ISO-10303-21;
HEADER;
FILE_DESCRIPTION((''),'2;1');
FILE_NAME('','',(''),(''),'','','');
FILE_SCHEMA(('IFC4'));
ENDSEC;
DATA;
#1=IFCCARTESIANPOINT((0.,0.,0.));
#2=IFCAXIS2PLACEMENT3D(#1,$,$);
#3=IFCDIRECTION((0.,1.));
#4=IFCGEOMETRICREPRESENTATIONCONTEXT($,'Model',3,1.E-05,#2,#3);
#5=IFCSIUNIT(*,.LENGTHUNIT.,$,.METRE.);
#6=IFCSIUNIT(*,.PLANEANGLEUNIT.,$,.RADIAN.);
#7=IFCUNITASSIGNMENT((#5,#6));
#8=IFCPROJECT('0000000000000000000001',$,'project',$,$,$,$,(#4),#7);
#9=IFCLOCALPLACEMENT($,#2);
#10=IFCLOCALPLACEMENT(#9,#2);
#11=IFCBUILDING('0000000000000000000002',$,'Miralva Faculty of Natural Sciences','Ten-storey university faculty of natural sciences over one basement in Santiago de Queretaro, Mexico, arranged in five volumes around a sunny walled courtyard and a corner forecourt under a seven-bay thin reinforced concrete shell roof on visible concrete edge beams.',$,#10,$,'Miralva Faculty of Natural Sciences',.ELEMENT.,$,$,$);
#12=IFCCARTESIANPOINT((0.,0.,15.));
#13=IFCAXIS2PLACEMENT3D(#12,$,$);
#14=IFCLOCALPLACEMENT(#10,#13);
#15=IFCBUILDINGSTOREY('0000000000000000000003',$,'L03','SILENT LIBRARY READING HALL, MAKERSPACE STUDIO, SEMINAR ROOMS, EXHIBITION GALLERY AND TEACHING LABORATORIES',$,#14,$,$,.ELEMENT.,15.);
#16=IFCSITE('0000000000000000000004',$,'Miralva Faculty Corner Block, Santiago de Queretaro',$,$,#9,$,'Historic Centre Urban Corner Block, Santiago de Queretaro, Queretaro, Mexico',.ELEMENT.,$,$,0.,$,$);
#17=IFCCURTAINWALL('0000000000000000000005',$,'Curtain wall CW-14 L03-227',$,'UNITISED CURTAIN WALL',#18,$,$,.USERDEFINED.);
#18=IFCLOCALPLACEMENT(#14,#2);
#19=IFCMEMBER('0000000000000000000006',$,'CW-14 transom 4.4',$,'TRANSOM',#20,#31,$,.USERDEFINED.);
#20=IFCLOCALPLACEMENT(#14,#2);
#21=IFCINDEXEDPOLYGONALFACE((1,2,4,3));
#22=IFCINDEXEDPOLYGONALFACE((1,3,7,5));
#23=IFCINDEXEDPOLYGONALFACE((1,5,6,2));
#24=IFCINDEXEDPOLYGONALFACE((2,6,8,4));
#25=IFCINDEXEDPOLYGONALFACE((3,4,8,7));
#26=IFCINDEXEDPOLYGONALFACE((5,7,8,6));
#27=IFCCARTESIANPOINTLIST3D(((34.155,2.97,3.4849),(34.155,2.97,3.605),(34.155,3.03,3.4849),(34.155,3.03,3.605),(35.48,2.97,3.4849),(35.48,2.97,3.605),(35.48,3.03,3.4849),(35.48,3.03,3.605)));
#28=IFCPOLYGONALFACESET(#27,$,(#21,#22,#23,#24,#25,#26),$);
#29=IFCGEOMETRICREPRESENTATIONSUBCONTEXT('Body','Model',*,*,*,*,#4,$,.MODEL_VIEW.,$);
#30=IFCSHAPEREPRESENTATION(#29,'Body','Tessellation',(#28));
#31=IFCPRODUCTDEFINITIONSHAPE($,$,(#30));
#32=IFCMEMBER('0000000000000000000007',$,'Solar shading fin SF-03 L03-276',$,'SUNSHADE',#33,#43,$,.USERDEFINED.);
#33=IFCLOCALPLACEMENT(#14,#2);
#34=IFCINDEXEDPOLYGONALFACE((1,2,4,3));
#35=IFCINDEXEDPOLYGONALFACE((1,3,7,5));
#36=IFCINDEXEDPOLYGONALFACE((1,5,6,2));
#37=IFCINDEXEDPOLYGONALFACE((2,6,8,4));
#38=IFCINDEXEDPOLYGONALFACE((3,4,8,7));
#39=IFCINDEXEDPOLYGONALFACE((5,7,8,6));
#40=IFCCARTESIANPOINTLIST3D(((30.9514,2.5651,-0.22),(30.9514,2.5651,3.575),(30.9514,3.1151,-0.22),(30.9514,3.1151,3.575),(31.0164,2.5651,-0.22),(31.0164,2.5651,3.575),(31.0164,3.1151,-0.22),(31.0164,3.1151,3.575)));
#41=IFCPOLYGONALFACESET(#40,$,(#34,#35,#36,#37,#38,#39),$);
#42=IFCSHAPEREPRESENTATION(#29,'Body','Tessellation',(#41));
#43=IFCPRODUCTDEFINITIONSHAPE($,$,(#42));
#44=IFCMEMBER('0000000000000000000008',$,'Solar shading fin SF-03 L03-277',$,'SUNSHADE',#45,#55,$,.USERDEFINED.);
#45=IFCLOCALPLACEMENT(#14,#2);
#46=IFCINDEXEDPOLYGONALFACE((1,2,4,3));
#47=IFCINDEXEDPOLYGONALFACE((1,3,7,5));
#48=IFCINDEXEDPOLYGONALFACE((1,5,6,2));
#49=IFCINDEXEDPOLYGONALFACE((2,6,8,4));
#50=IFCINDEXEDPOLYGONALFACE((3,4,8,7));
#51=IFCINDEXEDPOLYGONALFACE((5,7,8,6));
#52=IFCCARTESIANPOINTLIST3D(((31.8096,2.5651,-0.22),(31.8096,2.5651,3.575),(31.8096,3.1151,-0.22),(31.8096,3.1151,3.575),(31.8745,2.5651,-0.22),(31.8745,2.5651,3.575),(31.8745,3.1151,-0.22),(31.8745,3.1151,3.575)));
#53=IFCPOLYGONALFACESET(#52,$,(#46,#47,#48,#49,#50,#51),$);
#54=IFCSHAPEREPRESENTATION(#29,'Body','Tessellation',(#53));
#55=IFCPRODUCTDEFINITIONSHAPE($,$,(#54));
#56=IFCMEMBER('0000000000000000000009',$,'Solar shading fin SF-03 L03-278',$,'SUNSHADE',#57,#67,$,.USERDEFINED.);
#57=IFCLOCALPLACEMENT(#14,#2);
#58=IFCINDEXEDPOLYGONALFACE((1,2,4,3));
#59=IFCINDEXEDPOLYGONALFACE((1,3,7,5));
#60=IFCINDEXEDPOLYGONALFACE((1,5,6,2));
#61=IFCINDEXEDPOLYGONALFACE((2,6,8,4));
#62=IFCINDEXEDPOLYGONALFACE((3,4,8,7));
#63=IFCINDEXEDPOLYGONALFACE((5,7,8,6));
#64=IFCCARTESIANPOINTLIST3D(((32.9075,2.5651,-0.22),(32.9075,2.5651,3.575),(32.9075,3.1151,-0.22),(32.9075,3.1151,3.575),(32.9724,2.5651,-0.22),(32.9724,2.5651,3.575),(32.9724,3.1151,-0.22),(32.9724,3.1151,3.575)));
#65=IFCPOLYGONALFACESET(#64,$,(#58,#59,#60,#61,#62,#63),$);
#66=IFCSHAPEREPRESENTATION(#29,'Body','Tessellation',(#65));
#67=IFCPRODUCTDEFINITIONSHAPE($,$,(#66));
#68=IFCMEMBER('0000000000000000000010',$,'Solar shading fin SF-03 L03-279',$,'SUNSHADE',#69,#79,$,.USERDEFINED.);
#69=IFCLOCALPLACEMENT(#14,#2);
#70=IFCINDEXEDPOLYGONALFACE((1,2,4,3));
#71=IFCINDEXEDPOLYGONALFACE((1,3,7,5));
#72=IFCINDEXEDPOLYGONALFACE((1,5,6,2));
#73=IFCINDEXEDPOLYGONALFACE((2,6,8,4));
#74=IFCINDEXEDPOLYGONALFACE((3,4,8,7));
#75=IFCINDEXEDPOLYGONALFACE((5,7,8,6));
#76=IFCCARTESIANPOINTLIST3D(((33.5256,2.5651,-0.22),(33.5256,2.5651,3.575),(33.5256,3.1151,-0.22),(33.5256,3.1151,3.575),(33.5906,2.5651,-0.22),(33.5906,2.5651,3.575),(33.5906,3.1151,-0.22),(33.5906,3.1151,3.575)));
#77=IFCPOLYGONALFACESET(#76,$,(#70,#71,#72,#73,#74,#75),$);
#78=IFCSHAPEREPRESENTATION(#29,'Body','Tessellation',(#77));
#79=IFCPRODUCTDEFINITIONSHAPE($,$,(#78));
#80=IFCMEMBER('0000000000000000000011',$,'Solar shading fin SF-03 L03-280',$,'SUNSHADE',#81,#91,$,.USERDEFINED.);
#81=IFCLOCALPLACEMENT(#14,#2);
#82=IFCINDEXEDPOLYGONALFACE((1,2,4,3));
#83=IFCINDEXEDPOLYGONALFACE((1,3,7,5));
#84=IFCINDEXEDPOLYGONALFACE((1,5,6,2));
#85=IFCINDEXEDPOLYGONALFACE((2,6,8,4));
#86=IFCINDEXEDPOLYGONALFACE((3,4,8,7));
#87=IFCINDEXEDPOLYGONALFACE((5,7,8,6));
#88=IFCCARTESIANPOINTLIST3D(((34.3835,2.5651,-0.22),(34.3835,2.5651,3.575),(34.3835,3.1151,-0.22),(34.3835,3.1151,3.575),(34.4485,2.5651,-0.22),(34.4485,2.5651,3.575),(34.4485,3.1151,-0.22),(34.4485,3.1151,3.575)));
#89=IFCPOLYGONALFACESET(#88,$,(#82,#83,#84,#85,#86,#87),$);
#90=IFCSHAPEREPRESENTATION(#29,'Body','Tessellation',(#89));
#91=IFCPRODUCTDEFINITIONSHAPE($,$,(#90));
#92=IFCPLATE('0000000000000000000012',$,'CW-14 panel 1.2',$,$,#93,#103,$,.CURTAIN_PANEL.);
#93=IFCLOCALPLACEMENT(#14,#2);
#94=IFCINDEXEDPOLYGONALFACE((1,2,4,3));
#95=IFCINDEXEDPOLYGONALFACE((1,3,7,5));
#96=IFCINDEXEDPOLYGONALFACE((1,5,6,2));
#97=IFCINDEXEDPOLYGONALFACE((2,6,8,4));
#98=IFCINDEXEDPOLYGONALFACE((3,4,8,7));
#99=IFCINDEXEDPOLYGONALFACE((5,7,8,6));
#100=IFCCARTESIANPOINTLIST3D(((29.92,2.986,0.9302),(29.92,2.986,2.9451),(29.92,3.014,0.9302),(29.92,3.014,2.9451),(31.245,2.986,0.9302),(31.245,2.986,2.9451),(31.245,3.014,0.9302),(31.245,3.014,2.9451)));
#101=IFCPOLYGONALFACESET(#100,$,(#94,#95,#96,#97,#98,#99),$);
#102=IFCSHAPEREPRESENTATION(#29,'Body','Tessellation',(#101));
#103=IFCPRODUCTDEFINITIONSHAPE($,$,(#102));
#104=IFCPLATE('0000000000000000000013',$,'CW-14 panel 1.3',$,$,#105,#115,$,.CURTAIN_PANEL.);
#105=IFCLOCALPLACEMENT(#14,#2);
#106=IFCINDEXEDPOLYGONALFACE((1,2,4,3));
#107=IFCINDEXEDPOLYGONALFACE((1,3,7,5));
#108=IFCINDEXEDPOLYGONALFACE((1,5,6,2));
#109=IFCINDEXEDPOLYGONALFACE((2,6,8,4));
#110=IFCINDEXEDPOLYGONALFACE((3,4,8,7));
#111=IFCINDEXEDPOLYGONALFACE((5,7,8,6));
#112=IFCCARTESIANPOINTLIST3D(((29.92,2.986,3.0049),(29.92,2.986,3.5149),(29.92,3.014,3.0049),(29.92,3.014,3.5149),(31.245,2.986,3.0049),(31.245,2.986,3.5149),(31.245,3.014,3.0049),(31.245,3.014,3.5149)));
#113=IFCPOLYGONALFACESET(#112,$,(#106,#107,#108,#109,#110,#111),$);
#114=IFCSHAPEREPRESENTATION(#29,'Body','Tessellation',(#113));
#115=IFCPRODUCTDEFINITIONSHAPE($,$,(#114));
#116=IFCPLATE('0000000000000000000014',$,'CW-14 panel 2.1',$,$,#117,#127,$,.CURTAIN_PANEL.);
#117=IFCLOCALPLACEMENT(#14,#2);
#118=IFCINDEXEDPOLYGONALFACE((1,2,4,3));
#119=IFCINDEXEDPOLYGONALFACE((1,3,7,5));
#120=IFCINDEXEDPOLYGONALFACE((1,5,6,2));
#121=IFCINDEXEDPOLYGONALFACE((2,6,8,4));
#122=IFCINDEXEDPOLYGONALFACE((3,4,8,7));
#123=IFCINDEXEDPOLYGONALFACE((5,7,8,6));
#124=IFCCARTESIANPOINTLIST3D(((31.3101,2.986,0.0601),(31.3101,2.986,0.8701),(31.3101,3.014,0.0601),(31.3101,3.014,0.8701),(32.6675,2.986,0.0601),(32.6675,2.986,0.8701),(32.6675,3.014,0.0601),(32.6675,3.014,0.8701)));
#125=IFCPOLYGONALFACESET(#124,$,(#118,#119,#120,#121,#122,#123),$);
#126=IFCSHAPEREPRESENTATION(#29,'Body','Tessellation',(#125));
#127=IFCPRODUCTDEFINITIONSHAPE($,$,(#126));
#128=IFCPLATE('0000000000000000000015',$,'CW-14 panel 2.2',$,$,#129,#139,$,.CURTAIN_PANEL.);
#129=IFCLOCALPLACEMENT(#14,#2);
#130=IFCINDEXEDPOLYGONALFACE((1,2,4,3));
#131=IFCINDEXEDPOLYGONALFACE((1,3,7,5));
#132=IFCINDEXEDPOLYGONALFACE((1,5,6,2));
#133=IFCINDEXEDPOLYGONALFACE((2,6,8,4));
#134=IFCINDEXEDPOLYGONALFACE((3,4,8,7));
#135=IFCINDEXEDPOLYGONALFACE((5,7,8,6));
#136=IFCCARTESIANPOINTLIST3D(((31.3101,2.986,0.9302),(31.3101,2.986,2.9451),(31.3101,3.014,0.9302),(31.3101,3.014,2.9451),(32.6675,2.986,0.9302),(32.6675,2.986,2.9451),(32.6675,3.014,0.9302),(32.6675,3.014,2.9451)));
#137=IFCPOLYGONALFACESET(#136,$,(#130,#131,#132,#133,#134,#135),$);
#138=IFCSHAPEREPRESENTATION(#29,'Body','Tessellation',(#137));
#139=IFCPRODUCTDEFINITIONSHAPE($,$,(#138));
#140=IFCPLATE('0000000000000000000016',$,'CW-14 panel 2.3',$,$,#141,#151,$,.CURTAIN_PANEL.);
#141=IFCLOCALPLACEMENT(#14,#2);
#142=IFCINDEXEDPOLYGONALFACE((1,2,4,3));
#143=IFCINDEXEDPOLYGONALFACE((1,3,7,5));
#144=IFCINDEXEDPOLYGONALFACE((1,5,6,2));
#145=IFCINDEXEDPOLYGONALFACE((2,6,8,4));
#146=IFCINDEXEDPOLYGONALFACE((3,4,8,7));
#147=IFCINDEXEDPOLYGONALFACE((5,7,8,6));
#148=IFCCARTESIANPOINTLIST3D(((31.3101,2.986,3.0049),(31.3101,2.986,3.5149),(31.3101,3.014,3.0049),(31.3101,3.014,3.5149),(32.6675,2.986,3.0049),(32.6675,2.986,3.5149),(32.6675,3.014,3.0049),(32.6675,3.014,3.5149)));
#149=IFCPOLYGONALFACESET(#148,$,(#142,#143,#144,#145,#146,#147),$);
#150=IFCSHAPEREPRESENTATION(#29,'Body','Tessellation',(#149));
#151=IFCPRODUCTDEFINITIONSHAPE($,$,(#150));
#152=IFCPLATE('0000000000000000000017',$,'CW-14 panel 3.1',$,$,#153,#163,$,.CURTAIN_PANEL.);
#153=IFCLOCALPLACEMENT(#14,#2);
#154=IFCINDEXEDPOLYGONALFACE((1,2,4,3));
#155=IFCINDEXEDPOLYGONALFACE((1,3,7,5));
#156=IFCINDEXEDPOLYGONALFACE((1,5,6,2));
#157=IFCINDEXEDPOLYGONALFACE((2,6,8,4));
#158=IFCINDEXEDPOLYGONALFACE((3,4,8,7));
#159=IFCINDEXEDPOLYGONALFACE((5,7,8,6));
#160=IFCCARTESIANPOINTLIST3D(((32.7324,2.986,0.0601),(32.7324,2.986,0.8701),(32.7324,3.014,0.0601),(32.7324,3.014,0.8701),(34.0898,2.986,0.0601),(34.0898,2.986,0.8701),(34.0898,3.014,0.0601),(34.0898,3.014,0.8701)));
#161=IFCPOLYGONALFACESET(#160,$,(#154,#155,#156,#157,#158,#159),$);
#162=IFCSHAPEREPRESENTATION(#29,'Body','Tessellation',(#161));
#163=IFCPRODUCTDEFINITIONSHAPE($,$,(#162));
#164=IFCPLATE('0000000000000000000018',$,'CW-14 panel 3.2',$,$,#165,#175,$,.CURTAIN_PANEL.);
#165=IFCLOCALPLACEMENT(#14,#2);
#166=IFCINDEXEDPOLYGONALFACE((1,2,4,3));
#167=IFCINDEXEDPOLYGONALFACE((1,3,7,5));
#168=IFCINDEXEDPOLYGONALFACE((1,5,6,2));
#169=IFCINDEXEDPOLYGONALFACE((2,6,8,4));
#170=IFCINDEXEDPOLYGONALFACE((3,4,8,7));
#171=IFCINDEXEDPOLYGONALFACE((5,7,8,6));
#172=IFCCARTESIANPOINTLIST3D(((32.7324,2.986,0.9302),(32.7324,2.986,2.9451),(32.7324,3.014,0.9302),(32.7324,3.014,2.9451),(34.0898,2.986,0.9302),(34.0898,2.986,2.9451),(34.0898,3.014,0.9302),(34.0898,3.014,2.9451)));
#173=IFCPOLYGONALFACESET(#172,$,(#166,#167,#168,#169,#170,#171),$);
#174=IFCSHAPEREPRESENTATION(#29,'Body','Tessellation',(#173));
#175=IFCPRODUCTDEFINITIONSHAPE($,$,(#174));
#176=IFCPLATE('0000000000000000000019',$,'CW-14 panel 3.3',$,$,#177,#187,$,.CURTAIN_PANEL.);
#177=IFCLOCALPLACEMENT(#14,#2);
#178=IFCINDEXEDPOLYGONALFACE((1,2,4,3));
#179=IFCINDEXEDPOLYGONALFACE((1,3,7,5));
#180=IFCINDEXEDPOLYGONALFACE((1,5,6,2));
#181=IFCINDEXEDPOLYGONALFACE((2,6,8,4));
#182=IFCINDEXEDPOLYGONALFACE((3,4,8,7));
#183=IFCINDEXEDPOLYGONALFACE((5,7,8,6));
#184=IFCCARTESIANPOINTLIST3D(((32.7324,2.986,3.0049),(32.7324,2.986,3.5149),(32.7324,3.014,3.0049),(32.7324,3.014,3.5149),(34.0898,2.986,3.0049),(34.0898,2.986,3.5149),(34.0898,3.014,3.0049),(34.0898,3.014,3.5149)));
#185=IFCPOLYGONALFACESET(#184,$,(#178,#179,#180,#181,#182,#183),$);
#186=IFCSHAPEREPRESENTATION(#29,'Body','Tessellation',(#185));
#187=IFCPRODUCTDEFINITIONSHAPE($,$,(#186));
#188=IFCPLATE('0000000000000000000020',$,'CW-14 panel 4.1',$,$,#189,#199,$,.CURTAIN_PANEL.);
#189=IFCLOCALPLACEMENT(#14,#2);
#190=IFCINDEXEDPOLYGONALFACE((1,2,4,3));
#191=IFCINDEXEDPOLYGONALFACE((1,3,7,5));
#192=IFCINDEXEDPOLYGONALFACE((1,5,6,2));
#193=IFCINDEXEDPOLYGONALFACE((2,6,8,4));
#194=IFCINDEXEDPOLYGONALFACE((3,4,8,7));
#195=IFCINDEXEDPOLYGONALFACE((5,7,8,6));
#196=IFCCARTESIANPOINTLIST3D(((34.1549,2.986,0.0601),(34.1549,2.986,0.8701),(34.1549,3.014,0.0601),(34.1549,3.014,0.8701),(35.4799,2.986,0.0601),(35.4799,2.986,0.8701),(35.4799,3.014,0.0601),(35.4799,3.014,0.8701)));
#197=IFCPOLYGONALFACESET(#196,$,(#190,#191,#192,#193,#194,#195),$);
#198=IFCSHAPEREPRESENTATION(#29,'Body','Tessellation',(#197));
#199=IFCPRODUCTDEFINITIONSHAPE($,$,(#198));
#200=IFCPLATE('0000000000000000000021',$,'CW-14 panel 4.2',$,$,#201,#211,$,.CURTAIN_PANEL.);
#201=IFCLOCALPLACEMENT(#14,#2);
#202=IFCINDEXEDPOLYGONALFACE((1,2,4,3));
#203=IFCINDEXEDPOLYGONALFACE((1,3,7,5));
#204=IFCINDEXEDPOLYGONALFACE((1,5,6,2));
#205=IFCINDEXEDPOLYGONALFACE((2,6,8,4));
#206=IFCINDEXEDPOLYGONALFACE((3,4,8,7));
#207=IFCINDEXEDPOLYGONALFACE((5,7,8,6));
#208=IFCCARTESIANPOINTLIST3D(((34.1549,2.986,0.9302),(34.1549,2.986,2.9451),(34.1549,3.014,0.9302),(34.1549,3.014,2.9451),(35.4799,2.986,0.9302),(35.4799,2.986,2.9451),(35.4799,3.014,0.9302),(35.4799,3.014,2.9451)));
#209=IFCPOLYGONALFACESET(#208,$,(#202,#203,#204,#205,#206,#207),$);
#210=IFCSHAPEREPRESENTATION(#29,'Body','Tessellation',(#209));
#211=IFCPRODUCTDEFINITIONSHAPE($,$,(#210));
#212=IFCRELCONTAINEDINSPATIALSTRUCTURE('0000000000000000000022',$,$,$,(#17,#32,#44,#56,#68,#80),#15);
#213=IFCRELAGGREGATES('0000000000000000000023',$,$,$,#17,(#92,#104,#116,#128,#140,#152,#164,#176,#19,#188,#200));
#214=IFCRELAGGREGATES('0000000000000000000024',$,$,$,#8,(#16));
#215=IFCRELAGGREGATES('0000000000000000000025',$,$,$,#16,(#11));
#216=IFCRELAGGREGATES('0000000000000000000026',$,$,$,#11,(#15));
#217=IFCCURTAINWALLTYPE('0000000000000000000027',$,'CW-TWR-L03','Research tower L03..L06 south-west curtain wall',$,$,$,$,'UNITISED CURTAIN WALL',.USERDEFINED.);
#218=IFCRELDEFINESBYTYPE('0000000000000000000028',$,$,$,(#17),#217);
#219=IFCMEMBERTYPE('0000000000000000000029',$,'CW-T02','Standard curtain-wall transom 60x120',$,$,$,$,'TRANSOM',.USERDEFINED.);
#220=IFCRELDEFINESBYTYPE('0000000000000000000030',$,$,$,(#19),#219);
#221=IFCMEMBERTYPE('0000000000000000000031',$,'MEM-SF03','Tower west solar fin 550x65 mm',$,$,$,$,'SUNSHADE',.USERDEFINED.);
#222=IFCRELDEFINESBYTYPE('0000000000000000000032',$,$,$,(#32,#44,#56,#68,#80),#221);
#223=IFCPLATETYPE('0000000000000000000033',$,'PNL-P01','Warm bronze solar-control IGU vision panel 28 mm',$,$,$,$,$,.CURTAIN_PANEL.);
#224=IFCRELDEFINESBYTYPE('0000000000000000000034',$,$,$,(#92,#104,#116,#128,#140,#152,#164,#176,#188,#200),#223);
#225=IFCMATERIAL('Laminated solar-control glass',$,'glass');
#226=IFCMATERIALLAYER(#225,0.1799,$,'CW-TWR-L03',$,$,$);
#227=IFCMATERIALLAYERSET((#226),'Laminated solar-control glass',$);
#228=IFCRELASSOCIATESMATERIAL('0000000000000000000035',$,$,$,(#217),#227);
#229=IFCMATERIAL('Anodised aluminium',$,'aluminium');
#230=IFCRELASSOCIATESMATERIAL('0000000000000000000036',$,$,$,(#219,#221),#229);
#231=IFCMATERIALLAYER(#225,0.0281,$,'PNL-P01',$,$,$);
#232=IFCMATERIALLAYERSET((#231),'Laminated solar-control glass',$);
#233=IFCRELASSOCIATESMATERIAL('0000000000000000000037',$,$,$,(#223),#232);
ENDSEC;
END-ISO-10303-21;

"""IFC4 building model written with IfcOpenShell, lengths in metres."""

from ifc_helpers import new_model, si_unit, direction, frame, origin, origin_2d, place, context, subcontext, project, spatial, rectangle, extrude, material, layer, layer_set, material_profile, profile_set, type_object, element, aggregate, save


model = new_model("IFC4")

# Units and contexts
model_context = context("Model", 3, precision=1e-05, world=origin(), true_north=direction((0.0, 1.0)))
body_context = subcontext(model_context, "Body", "Model", "MODEL_VIEW")
ifc_project = project(units=[si_unit("LENGTHUNIT", "METRE"), si_unit("PLANEANGLEUNIT", "RADIAN")], contexts=[model_context])

# Site, building, storey
site_placement = place(None, origin())
site = spatial("IfcSite", under=ifc_project, at=site_placement, Name="Miralva Faculty Corner Block, Santiago de Queretaro", LongName="Historic Centre Urban Corner Block, Santiago de Queretaro, Queretaro, Mexico", CompositionType="ELEMENT", RefElevation=0.0)
building_placement = place(site_placement, origin())
building = spatial("IfcBuilding", under=site, at=building_placement, Name="Miralva Faculty of Natural Sciences", Description="Ten-storey university faculty of natural sciences over one basement in Santiago de Queretaro, Mexico, arranged in five volumes around a sunny walled courtyard and a corner forecourt under a seven-bay thin reinforced concrete shell roof on visible concrete edge beams.", LongName="Miralva Faculty of Natural Sciences", CompositionType="ELEMENT")
storey_placement = place(building_placement, frame((0.0, 0.0, 15.0)))
storey = spatial("IfcBuildingStorey", under=building, at=storey_placement, Name="L03", Description="SILENT LIBRARY READING HALL, MAKERSPACE STUDIO, SEMINAR ROOMS, EXHIBITION GALLERY AND TEACHING LABORATORIES", CompositionType="ELEMENT", Elevation=15.0)

# Curtain wall, member
ifc_material_1 = material(Name="Laminated solar-control glass", Category="glass")
ifc_layer_1 = layer(ifc_material_1, 0.1799, Name="CW-TWR-L03")
ifc_layer_set_1 = layer_set([ifc_layer_1], Name="Laminated solar-control glass")
curtain_wall_type = type_object("IfcCurtainWallType", Name="CW-TWR-L03", Description="Research tower L03..L06 south-west curtain wall", ElementType="UNITISED CURTAIN WALL", PredefinedType="USERDEFINED", material=ifc_layer_set_1)
curtain_wall_placement = place(storey_placement, origin())
curtain_wall = element("IfcCurtainWall", 1, at=curtain_wall_placement, inside=storey, type_object=curtain_wall_type, Name="Curtain wall CW-14 L03-227", ObjectType="UNITISED CURTAIN WALL", PredefinedType="USERDEFINED")
ifc_material_2 = material(Name="Anodised aluminium", Category="aluminium")
ifc_material_profile_1 = material_profile(ifc_material_2, rectangle(XDim=0.0601, YDim=0.1201, at=origin_2d()), Name="TRANSOM 60x120")
ifc_profile_set_1 = profile_set([ifc_material_profile_1], Name="Anodised aluminium")
member_type_1 = type_object("IfcMemberType", Name="CW-T02", Description="Standard curtain-wall transom 60x120", ElementType="TRANSOM", PredefinedType="USERDEFINED", material=ifc_profile_set_1)
member_1_placement = place(storey_placement, frame((34.155, 3.0, 3.5449), z_axis=(1.0, 0.0, 0.0), x_axis=(0.0, 1.0, 0.0)))
member_1 = element("IfcMember", 2, at=member_1_placement, type_object=member_type_1, Name="CW-14 transom 4.4", ObjectType="TRANSOM", PredefinedType="USERDEFINED", context=body_context, shape_type="SweptSolid", body=[
    extrude(rectangle(XDim=0.0601, YDim=0.1201, at=origin_2d()), origin(), (0.0, 0.0, 1.0), 1.325),
])

# Members
ifc_material_profile_2 = material_profile(ifc_material_2, rectangle(XDim=0.0649, YDim=0.55, at=origin_2d()), Name="FIN 550x65")
ifc_profile_set_2 = profile_set([ifc_material_profile_2], Name="Anodised aluminium")
member_type_2 = type_object("IfcMemberType", Name="MEM-SF03", Description="Tower west solar fin 550x65 mm", ElementType="SUNSHADE", PredefinedType="USERDEFINED", material=ifc_profile_set_2)
for number, where, z_axis, x_axis, name in (
    (3, (30.9839, 2.8401, -0.22), (0.0, 0.0, 1.0), (1.0, 0.0, 0.0), "Solar shading fin SF-03 L03-276"),
    (4, (31.842, 2.8401, -0.22), (0.0, 0.0, 1.0), (1.0, 0.0, 0.0), "Solar shading fin SF-03 L03-277"),
    (5, (32.9399, 2.8401, -0.22), (0.0, 0.0, 1.0), (1.0, 0.0, 0.0), "Solar shading fin SF-03 L03-278"),
    (6, (33.5581, 2.8401, -0.22), (0.0, 0.0, 1.0), (1.0, 0.0, 0.0), "Solar shading fin SF-03 L03-279"),
    (7, (34.416, 2.8401, -0.22), (0.0, 0.0, 1.0), (1.0, 0.0, 0.0), "Solar shading fin SF-03 L03-280"),
):
    element("IfcMember", number, at=place(storey_placement, frame(where, z_axis=z_axis, x_axis=x_axis)), inside=storey, type_object=member_type_2, Name=name, ObjectType="SUNSHADE", PredefinedType="USERDEFINED", context=body_context, shape_type="SweptSolid", body=[
        extrude(rectangle(XDim=0.0649, YDim=0.55, at=origin_2d()), origin(), (0.0, 0.0, 1.0), 3.7949),
    ])

# Plates
ifc_layer_2 = layer(ifc_material_1, 0.0281, Name="PNL-P01")
ifc_layer_set_2 = layer_set([ifc_layer_2], Name="Laminated solar-control glass")
plate_type = type_object("IfcPlateType", Name="PNL-P01", Description="Warm bronze solar-control IGU vision panel 28 mm", PredefinedType="CURTAIN_PANEL", material=ifc_layer_set_2)
plate_1_placement = place(storey_placement, frame((30.5825, 3.0, 0.9302), z_axis=(0.0, 0.0, 1.0), x_axis=(1.0, 0.0, 0.0)))
plate_1 = element("IfcPlate", 8, at=plate_1_placement, type_object=plate_type, Name="CW-14 panel 1.2", PredefinedType="CURTAIN_PANEL", context=body_context, shape_type="SweptSolid", body=[
    extrude(rectangle(XDim=1.325, YDim=0.0281, at=origin_2d()), origin(), (0.0, 0.0, 1.0), 2.0149),
])
plate_2_placement = place(storey_placement, frame((30.5825, 3.0, 3.0049), z_axis=(0.0, 0.0, 1.0), x_axis=(1.0, 0.0, 0.0)))
plate_2 = element("IfcPlate", 9, at=plate_2_placement, type_object=plate_type, Name="CW-14 panel 1.3", PredefinedType="CURTAIN_PANEL", context=body_context, shape_type="SweptSolid", body=[
    extrude(rectangle(XDim=1.325, YDim=0.0281, at=origin_2d()), origin(), (0.0, 0.0, 1.0), 0.51),
])
plate_3_placement = place(storey_placement, frame((31.9888, 3.0, 0.0601), z_axis=(0.0, 0.0, 1.0), x_axis=(1.0, 0.0, 0.0)))
plate_3 = element("IfcPlate", 10, at=plate_3_placement, type_object=plate_type, Name="CW-14 panel 2.1", PredefinedType="CURTAIN_PANEL", context=body_context, shape_type="SweptSolid", body=[
    extrude(rectangle(XDim=1.3574, YDim=0.0281, at=origin_2d()), origin(), (0.0, 0.0, 1.0), 0.8101),
])
plate_4_placement = place(storey_placement, frame((31.9888, 3.0, 0.9302), z_axis=(0.0, 0.0, 1.0), x_axis=(1.0, 0.0, 0.0)))
plate_4 = element("IfcPlate", 11, at=plate_4_placement, type_object=plate_type, Name="CW-14 panel 2.2", PredefinedType="CURTAIN_PANEL", context=body_context, shape_type="SweptSolid", body=[
    extrude(rectangle(XDim=1.3574, YDim=0.0281, at=origin_2d()), origin(), (0.0, 0.0, 1.0), 2.0149),
])
plate_5_placement = place(storey_placement, frame((31.9888, 3.0, 3.0049), z_axis=(0.0, 0.0, 1.0), x_axis=(1.0, 0.0, 0.0)))
plate_5 = element("IfcPlate", 12, at=plate_5_placement, type_object=plate_type, Name="CW-14 panel 2.3", PredefinedType="CURTAIN_PANEL", context=body_context, shape_type="SweptSolid", body=[
    extrude(rectangle(XDim=1.3574, YDim=0.0281, at=origin_2d()), origin(), (0.0, 0.0, 1.0), 0.51),
])
plate_6_placement = place(storey_placement, frame((33.4111, 3.0, 0.0601), z_axis=(0.0, 0.0, 1.0), x_axis=(1.0, 0.0, 0.0)))
plate_6 = element("IfcPlate", 13, at=plate_6_placement, type_object=plate_type, Name="CW-14 panel 3.1", PredefinedType="CURTAIN_PANEL", context=body_context, shape_type="SweptSolid", body=[
    extrude(rectangle(XDim=1.3574, YDim=0.0281, at=origin_2d()), origin(), (0.0, 0.0, 1.0), 0.8101),
])
plate_7_placement = place(storey_placement, frame((33.4111, 3.0, 0.9302), z_axis=(0.0, 0.0, 1.0), x_axis=(1.0, 0.0, 0.0)))
plate_7 = element("IfcPlate", 14, at=plate_7_placement, type_object=plate_type, Name="CW-14 panel 3.2", PredefinedType="CURTAIN_PANEL", context=body_context, shape_type="SweptSolid", body=[
    extrude(rectangle(XDim=1.3574, YDim=0.0281, at=origin_2d()), origin(), (0.0, 0.0, 1.0), 2.0149),
])
plate_8_placement = place(storey_placement, frame((33.4111, 3.0, 3.0049), z_axis=(0.0, 0.0, 1.0), x_axis=(1.0, 0.0, 0.0)))
plate_8 = element("IfcPlate", 15, at=plate_8_placement, type_object=plate_type, Name="CW-14 panel 3.3", PredefinedType="CURTAIN_PANEL", context=body_context, shape_type="SweptSolid", body=[
    extrude(rectangle(XDim=1.3574, YDim=0.0281, at=origin_2d()), origin(), (0.0, 0.0, 1.0), 0.51),
])
plate_9_placement = place(storey_placement, frame((34.8174, 3.0, 0.0601), z_axis=(0.0, 0.0, 1.0), x_axis=(1.0, 0.0, 0.0)))
plate_9 = element("IfcPlate", 16, at=plate_9_placement, type_object=plate_type, Name="CW-14 panel 4.1", PredefinedType="CURTAIN_PANEL", context=body_context, shape_type="SweptSolid", body=[
    extrude(rectangle(XDim=1.325, YDim=0.0281, at=origin_2d()), origin(), (0.0, 0.0, 1.0), 0.8101),
])
plate_10_placement = place(storey_placement, frame((34.8174, 3.0, 0.9302), z_axis=(0.0, 0.0, 1.0), x_axis=(1.0, 0.0, 0.0)))
plate_10 = element("IfcPlate", 17, at=plate_10_placement, type_object=plate_type, Name="CW-14 panel 4.2", PredefinedType="CURTAIN_PANEL", context=body_context, shape_type="SweptSolid", body=[
    extrude(rectangle(XDim=1.325, YDim=0.0281, at=origin_2d()), origin(), (0.0, 0.0, 1.0), 2.0149),
])
aggregate(curtain_wall, [plate_1, plate_2, plate_3, plate_4, plate_5, plate_6, plate_7, plate_8, member_1, plate_9, plate_10])

save(model, "model.ifc")
